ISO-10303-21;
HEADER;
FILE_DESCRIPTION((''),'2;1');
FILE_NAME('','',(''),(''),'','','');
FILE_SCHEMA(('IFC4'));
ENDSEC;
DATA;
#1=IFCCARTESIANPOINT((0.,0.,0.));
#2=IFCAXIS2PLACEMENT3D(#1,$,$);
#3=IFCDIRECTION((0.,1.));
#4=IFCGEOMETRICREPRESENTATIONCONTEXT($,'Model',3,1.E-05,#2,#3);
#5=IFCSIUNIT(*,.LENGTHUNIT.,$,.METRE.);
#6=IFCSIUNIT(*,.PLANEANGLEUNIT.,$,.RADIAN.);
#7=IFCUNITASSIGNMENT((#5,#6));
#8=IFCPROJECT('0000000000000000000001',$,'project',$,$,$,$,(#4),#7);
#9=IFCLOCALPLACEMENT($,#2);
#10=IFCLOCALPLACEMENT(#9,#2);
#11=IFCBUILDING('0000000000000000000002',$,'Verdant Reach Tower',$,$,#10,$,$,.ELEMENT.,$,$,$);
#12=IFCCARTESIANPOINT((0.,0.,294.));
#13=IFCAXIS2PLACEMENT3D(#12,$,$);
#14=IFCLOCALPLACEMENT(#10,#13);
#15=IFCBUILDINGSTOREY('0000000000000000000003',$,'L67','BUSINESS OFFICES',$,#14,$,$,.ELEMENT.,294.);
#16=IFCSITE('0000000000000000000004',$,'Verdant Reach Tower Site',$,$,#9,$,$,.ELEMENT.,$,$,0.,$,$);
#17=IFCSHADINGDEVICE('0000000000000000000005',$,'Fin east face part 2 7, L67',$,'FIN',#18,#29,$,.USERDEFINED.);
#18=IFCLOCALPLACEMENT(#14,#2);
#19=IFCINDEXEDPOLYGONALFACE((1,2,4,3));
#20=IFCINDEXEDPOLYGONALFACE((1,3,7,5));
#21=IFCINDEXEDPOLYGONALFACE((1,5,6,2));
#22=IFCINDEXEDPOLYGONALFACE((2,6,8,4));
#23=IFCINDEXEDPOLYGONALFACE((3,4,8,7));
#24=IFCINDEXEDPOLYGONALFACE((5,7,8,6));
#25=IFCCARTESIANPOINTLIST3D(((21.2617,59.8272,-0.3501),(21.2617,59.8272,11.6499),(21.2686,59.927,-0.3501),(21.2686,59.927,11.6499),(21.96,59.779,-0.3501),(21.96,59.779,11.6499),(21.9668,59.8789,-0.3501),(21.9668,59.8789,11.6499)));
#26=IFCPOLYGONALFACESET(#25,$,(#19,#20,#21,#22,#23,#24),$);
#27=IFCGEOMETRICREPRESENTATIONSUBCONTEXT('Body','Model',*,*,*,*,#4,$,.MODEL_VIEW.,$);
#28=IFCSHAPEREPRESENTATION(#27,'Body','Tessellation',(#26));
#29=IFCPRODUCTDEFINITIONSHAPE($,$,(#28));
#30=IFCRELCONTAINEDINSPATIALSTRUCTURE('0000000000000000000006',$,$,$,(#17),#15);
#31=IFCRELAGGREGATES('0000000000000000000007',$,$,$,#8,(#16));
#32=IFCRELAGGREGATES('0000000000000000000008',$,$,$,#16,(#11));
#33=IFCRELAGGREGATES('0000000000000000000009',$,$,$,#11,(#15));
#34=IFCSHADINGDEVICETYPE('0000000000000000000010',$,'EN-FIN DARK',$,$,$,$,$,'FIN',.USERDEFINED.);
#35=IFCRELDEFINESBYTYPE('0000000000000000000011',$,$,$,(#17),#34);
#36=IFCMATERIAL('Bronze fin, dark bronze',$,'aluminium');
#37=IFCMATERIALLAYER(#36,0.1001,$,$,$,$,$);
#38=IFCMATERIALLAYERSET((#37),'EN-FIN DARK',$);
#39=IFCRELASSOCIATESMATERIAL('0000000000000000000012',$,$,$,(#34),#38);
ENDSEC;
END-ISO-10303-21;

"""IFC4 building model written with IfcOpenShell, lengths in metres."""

from ifc_helpers import new_model, si_unit, direction, frame, origin, origin_2d, place, context, subcontext, project, spatial, rectangle, extrude, material, layer, layer_set, type_object, element, save


model = new_model("IFC4")

# Units and contexts
model_context = context("Model", 3, precision=1e-05, world=origin(), true_north=direction((0.0, 1.0)))
body_context = subcontext(model_context, "Body", "Model", "MODEL_VIEW")
ifc_project = project(units=[si_unit("LENGTHUNIT", "METRE"), si_unit("PLANEANGLEUNIT", "RADIAN")], contexts=[model_context])

# Site, building, storey
site_placement = place(None, origin())
site = spatial("IfcSite", under=ifc_project, at=site_placement, Name="Verdant Reach Tower Site", CompositionType="ELEMENT", RefElevation=0.0)
building_placement = place(site_placement, origin())
building = spatial("IfcBuilding", under=site, at=building_placement, Name="Verdant Reach Tower", CompositionType="ELEMENT")
storey_placement = place(building_placement, frame((0.0, 0.0, 294.0)))
storey = spatial("IfcBuildingStorey", under=building, at=storey_placement, Name="L67", Description="BUSINESS OFFICES", CompositionType="ELEMENT", Elevation=294.0)

# Shading device
ifc_material_1 = material(Name="Bronze fin, dark bronze", Category="aluminium")
ifc_layer_1 = layer(ifc_material_1, 0.1001)
ifc_layer_set_1 = layer_set([ifc_layer_1], Name="EN-FIN DARK")
shading_device_type_1 = type_object("IfcShadingDeviceType", Name="EN-FIN DARK", ElementType="FIN", PredefinedType="USERDEFINED", material=ifc_layer_set_1)
shading_device_1_placement = place(storey_placement, frame((21.6143, 59.853, -0.3501), z_axis=(0.0, 0.0, 1.0), x_axis=(0.068802, 0.99763, 0.0)))
element("IfcShadingDevice", 1, at=shading_device_1_placement, inside=storey, type_object=shading_device_type_1, Name="Fin east face part 2 7, L67", ObjectType="FIN", PredefinedType="USERDEFINED", context=body_context, shape_type="SweptSolid", body=[
    extrude(rectangle(XDim=0.1001, YDim=0.7, at=origin_2d()), origin(), (0.0, 0.0, 1.0), 12.0),
])

save(model, "model.ifc")
